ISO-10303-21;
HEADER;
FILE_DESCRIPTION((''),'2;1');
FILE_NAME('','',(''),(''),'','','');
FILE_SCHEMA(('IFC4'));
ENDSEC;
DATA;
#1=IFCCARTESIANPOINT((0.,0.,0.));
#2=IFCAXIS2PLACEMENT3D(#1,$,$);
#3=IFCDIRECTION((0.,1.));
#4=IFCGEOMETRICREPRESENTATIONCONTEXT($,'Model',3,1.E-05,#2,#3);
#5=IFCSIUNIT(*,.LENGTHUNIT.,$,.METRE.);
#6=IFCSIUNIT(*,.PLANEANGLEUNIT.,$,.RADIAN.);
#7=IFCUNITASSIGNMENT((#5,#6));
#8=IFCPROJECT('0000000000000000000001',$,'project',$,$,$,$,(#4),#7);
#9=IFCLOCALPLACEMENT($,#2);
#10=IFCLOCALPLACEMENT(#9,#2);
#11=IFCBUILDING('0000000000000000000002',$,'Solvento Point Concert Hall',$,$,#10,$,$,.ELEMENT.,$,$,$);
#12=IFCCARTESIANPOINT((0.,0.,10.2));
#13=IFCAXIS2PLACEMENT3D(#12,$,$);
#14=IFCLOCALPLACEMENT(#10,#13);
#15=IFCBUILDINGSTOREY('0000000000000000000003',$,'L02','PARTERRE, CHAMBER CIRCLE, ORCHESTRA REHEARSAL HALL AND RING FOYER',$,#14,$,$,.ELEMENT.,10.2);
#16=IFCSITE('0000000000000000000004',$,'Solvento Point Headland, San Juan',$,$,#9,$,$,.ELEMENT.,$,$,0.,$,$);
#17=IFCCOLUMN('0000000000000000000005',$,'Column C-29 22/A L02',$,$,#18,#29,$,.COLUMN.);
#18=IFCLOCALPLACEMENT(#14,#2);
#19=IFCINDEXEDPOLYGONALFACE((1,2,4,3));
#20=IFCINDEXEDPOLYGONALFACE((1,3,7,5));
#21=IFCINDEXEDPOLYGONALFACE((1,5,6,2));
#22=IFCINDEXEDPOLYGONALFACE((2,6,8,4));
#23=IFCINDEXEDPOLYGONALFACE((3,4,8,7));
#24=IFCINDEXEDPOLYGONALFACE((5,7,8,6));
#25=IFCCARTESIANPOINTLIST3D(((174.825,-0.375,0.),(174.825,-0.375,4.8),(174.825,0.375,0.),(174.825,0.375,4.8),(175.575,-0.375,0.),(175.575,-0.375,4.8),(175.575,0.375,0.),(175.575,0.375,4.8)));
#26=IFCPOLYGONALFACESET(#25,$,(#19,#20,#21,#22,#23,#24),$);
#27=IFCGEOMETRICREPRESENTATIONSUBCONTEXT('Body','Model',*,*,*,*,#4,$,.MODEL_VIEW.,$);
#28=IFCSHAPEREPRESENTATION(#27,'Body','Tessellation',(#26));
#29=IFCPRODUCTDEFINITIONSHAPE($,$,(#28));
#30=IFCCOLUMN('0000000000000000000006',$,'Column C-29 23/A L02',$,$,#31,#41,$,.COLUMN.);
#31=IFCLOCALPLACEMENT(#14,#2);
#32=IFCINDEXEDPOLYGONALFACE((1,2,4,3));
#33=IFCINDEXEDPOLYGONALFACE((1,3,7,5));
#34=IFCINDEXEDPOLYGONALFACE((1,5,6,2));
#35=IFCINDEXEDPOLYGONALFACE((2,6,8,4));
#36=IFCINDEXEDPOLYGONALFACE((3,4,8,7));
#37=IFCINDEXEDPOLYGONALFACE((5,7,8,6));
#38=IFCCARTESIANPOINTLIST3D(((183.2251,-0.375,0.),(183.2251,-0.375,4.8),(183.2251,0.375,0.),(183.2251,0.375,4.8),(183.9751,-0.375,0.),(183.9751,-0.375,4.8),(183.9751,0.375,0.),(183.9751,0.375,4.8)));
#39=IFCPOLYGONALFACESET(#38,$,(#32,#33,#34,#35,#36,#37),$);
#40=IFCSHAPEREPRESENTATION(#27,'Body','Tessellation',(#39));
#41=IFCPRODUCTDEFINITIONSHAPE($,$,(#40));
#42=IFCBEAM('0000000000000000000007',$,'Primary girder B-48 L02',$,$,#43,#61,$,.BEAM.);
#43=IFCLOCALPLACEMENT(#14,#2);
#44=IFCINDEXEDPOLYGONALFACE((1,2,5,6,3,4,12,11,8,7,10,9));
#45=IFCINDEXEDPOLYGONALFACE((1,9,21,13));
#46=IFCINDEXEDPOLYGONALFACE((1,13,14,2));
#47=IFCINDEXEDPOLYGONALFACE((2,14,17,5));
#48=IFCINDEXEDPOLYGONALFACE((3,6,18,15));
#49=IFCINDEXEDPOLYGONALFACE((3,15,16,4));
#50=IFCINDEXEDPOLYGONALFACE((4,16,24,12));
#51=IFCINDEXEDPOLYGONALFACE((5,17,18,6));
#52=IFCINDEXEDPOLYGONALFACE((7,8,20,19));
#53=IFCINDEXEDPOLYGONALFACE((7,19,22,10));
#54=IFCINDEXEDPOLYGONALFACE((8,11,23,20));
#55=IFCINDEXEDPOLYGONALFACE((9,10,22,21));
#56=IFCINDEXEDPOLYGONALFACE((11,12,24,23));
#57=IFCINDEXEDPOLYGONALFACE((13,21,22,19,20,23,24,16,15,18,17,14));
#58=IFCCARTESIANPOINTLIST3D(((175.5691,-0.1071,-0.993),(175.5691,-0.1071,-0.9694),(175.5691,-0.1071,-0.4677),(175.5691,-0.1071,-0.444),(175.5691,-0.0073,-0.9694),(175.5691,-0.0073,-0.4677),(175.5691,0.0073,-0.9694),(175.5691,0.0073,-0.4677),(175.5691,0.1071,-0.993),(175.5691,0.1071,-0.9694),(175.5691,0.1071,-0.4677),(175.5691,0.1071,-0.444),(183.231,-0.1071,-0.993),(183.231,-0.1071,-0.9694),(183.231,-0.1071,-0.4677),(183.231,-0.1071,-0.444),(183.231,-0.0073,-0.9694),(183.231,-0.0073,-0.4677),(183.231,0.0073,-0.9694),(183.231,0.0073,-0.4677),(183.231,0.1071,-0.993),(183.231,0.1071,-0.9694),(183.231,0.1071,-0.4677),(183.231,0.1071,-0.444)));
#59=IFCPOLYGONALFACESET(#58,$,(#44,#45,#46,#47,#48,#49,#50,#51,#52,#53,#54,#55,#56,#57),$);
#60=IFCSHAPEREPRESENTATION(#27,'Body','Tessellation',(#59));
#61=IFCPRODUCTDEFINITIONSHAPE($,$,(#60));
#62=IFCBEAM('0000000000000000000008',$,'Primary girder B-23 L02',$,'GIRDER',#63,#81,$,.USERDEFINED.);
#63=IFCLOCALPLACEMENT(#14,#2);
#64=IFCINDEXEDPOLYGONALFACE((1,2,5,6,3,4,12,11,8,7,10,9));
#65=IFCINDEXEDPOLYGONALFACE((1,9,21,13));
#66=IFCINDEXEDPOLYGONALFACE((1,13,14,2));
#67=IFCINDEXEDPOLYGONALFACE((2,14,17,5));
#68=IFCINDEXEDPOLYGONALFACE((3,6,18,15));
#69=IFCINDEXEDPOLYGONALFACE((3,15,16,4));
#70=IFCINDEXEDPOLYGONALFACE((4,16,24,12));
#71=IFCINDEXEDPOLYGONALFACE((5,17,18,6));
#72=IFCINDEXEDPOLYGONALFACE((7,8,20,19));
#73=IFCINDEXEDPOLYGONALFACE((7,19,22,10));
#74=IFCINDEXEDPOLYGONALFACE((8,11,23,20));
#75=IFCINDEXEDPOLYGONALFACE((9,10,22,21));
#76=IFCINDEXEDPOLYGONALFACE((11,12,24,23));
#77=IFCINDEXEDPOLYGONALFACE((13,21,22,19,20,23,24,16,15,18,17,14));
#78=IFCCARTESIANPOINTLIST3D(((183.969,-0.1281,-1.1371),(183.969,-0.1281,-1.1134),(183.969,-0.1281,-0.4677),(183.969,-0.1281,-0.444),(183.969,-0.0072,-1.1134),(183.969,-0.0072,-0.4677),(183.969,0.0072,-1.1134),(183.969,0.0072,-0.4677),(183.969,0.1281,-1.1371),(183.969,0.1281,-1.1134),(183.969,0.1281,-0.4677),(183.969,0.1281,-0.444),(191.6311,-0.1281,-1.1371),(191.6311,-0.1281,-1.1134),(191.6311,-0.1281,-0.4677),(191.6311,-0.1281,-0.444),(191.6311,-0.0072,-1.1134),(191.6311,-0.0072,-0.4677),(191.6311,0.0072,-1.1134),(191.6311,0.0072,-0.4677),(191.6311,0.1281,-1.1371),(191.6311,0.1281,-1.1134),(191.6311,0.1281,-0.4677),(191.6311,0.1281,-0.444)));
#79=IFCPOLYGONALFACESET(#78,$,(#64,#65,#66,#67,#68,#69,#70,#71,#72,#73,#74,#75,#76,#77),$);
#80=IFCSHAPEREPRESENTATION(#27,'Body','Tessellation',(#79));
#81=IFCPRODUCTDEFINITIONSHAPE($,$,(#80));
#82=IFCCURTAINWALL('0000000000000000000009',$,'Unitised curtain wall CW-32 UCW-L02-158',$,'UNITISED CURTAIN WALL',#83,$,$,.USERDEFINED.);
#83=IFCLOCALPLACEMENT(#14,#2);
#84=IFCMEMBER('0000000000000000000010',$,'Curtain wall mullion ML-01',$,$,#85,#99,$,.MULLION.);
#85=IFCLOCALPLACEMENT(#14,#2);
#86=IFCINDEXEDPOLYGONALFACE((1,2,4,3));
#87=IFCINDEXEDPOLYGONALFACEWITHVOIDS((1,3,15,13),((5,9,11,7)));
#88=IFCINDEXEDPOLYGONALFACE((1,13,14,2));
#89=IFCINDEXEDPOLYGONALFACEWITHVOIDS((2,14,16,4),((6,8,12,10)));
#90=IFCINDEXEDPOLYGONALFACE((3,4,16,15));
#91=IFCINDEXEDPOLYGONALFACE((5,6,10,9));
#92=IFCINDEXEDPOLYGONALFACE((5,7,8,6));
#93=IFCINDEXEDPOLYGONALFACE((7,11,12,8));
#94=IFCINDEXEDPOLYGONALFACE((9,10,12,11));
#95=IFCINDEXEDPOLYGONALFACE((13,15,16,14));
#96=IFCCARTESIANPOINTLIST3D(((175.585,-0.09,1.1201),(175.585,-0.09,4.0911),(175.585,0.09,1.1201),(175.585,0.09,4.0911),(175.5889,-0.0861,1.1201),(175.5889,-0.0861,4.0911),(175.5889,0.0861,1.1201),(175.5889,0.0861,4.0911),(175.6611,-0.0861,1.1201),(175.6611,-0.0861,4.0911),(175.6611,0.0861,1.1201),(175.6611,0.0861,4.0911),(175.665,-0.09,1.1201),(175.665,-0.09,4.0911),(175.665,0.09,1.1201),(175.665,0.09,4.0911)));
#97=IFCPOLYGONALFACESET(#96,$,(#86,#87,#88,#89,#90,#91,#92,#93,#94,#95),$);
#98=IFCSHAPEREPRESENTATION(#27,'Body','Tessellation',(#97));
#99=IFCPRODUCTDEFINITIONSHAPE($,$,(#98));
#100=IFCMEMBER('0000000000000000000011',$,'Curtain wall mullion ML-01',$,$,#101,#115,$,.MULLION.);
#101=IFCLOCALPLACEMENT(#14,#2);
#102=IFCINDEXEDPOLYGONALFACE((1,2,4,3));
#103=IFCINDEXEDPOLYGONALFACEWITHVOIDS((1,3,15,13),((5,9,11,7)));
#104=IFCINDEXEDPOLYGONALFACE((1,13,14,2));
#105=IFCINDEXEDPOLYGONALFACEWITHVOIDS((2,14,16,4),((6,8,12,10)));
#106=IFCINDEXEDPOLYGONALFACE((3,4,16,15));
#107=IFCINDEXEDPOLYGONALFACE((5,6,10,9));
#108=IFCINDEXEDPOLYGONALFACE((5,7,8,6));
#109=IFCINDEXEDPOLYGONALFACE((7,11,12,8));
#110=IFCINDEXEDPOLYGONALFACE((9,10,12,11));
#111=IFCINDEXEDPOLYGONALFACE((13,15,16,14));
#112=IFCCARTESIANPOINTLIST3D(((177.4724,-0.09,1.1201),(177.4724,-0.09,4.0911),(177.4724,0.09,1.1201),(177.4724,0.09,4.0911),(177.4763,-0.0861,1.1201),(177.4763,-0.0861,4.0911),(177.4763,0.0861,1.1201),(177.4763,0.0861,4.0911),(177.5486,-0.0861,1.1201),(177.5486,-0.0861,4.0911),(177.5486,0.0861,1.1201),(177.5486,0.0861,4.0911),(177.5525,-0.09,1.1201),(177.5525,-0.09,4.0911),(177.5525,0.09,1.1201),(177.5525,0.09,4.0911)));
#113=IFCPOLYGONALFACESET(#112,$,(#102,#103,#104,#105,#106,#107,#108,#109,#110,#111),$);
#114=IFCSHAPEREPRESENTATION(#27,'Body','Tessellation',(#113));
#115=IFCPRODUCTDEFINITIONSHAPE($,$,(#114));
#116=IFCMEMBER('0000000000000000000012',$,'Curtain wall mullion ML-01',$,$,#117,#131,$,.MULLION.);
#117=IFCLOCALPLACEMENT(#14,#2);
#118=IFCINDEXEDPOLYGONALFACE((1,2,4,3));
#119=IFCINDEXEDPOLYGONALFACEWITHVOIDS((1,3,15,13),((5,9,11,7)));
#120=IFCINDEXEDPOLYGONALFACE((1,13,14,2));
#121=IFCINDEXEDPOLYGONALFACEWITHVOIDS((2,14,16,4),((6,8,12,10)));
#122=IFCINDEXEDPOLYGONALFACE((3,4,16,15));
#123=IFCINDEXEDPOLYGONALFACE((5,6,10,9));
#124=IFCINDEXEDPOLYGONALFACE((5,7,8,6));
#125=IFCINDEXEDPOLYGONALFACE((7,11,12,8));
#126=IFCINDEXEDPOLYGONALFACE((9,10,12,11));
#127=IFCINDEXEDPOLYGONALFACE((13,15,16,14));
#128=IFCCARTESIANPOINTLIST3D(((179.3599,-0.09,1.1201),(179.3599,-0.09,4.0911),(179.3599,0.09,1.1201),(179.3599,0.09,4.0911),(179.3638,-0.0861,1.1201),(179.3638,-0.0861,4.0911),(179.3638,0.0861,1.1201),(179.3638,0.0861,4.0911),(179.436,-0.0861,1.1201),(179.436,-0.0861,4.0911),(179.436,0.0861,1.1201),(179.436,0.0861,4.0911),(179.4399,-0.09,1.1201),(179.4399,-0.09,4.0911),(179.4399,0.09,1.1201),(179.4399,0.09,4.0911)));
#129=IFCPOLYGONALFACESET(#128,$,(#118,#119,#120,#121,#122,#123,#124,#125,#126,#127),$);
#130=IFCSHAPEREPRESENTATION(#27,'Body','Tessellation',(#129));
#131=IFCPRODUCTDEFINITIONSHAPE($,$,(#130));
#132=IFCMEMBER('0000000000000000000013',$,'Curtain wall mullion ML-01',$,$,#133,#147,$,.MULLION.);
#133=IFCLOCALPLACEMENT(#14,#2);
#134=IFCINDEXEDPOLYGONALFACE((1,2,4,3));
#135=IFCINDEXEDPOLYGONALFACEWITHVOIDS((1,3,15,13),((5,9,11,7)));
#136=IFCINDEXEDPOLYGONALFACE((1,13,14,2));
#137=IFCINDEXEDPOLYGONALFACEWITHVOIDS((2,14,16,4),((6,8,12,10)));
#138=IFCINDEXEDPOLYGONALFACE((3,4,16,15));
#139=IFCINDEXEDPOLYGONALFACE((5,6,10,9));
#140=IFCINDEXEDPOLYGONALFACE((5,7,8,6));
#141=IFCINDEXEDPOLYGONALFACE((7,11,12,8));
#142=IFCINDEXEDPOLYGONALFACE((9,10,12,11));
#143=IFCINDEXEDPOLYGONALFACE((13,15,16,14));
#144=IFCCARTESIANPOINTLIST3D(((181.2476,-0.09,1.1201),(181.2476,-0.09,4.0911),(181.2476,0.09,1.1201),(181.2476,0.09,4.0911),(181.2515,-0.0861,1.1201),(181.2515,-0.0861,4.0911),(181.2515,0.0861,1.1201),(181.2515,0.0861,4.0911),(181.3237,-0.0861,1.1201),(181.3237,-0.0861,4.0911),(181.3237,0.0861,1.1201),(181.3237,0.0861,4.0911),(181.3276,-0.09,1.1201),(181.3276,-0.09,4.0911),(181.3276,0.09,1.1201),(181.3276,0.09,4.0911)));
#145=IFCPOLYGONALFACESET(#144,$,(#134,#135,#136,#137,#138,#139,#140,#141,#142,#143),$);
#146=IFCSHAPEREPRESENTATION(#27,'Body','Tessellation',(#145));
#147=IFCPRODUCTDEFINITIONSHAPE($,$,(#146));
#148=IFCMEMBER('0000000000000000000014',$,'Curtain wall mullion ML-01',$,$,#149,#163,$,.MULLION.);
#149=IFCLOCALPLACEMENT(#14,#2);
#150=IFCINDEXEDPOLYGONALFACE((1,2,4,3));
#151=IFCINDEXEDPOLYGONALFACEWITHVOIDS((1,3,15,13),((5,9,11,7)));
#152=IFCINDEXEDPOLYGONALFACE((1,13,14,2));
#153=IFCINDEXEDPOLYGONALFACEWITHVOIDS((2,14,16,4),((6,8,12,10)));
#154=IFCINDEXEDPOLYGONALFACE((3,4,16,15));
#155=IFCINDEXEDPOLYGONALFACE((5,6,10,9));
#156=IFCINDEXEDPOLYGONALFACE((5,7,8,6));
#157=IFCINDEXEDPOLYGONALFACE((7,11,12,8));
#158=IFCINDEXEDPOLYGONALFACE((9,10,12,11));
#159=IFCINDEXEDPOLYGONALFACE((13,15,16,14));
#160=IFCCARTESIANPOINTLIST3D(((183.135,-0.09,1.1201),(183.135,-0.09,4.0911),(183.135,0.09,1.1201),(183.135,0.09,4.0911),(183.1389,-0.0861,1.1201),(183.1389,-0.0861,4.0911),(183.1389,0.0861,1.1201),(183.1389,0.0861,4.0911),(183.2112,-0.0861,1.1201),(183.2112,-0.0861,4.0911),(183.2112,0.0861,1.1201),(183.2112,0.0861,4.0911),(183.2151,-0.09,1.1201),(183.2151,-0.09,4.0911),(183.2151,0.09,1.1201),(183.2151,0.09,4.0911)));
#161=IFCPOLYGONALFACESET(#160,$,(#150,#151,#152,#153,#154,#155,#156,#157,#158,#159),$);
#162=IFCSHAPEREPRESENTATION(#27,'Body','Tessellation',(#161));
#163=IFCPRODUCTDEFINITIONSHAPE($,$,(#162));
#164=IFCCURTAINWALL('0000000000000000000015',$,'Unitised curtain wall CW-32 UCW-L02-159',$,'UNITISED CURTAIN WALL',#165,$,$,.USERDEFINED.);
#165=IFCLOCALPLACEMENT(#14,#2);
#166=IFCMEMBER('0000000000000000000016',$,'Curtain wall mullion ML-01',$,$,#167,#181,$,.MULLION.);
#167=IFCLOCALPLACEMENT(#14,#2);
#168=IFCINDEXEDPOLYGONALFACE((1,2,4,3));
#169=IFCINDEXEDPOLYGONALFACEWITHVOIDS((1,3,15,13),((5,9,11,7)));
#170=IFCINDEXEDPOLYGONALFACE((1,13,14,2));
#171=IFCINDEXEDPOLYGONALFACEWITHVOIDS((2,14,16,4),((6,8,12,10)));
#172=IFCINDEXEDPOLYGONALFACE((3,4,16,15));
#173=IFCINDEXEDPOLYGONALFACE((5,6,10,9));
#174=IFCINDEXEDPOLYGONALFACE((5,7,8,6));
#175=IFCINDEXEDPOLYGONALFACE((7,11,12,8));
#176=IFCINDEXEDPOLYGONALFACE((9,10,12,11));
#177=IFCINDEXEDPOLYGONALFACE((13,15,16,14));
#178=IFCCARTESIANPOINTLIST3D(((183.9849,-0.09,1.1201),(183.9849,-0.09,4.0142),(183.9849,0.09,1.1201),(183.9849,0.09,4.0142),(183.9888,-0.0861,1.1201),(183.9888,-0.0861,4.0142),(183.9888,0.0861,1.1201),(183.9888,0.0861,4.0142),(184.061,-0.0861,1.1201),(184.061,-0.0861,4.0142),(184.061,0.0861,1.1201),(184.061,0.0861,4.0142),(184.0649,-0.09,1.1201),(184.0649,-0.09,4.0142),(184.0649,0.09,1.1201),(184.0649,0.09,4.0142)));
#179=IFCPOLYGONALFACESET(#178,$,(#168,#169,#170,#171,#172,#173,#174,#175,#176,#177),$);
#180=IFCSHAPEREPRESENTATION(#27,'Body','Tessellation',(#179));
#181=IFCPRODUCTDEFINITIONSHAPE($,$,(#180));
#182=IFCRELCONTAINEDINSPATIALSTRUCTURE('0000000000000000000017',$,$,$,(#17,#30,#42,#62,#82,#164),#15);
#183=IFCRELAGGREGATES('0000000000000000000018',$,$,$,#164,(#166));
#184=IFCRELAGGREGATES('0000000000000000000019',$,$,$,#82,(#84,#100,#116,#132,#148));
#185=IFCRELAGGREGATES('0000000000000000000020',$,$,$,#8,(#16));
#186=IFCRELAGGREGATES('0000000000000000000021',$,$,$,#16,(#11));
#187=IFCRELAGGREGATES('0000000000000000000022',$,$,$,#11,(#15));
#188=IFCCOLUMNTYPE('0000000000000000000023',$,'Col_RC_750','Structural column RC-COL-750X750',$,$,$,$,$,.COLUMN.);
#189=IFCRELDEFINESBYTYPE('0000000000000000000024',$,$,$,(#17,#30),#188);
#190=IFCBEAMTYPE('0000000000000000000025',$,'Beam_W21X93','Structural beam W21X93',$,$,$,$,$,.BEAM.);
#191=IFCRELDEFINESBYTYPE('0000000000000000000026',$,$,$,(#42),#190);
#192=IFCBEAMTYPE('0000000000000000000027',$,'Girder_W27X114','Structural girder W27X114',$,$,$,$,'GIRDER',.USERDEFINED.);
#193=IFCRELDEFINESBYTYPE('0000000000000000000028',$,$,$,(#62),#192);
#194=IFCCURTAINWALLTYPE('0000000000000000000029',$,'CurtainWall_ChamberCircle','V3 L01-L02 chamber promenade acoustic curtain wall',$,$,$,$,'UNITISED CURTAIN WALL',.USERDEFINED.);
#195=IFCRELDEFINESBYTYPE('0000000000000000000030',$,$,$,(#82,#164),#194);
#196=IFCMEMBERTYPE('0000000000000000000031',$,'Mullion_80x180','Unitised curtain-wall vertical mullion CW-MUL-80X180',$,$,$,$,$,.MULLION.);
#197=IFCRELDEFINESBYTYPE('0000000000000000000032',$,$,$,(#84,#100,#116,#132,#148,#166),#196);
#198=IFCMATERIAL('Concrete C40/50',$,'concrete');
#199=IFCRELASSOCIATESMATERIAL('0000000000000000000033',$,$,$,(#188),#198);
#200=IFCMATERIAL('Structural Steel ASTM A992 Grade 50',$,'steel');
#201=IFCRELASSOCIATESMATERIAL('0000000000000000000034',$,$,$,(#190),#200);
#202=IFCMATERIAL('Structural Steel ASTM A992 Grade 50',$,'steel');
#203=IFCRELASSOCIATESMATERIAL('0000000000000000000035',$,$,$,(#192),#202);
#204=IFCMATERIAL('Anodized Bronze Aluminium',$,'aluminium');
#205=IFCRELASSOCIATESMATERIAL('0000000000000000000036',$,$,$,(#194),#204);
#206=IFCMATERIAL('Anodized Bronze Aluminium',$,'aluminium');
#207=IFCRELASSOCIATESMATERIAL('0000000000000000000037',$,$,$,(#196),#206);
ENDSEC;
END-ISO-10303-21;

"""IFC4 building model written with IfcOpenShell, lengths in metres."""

from ifc_helpers import new_model, si_unit, direction, frame, origin, origin_2d, place, context, subcontext, project, spatial, rectangle, hollow_rectangle, i_section, extrude, material, material_profile, profile_set, type_object, element, aggregate, save


model = new_model("IFC4")

# Units and contexts
model_context = context("Model", 3, precision=1e-05, world=origin(), true_north=direction((0.0, 1.0)))
body_context = subcontext(model_context, "Body", "Model", "MODEL_VIEW")
ifc_project = project(units=[si_unit("LENGTHUNIT", "METRE"), si_unit("PLANEANGLEUNIT", "RADIAN")], contexts=[model_context])

# Site, building, storey
site_placement = place(None, origin())
site = spatial("IfcSite", under=ifc_project, at=site_placement, Name="Solvento Point Headland, San Juan", CompositionType="ELEMENT", RefElevation=0.0)
building_placement = place(site_placement, origin())
building = spatial("IfcBuilding", under=site, at=building_placement, Name="Solvento Point Concert Hall", CompositionType="ELEMENT")
storey_placement = place(building_placement, frame((0.0, 0.0, 10.2)))
storey = spatial("IfcBuildingStorey", under=building, at=storey_placement, Name="L02", Description="PARTERRE, CHAMBER CIRCLE, ORCHESTRA REHEARSAL HALL AND RING FOYER", CompositionType="ELEMENT", Elevation=10.2)

# Columns
ifc_material_1 = material(Name="Concrete C40/50", Category="concrete")
ifc_material_profile_1 = material_profile(ifc_material_1, rectangle(XDim=0.75, YDim=0.75, at=origin_2d()), Name="RC-COL-750X750")
ifc_profile_set_1 = profile_set([ifc_material_profile_1], Name="Concrete C40/50")
column_type = type_object("IfcColumnType", Name="Col_RC_750", Description="Structural column RC-COL-750X750", PredefinedType="COLUMN", material=ifc_profile_set_1)
for number, where, z_axis, x_axis, name in (
    (1, (175.2, 0.0, 0.0), (0.0, 0.0, 1.0), (1.0, 0.0, 0.0), "Column C-29 22/A L02"),
    (2, (183.6001, 0.0, 0.0), (0.0, 0.0, 1.0), (1.0, 0.0, 0.0), "Column C-29 23/A L02"),
):
    element("IfcColumn", number, at=place(storey_placement, frame(where, z_axis=z_axis, x_axis=x_axis)), inside=storey, type_object=column_type, Name=name, PredefinedType="COLUMN", context=body_context, shape_type="SweptSolid", body=[
        extrude(rectangle(XDim=0.75, YDim=0.75, at=origin_2d()), origin(), (0.0, 0.0, 1.0), 4.8),
    ])

# Beams
ifc_material_2 = material(Name="Structural Steel ASTM A992 Grade 50", Category="steel")
ifc_material_profile_2 = material_profile(ifc_material_2, i_section(OverallWidth=0.2141, OverallDepth=0.5491, WebThickness=0.0146, FlangeThickness=0.0237, at=origin_2d()), Name="W21X93")
ifc_profile_set_2 = profile_set([ifc_material_profile_2], Name="Structural Steel ASTM A992 Grade 50")
beam_type_1 = type_object("IfcBeamType", Name="Beam_W21X93", Description="Structural beam W21X93", PredefinedType="BEAM", material=ifc_profile_set_2)
beam_1_placement = place(storey_placement, frame((175.5691, 0.0, -0.7185), z_axis=(1.0, 0.0, 0.0), x_axis=(0.0, 1.0, 0.0)))
element("IfcBeam", 3, at=beam_1_placement, inside=storey, type_object=beam_type_1, Name="Primary girder B-48 L02", PredefinedType="BEAM", context=body_context, shape_type="SweptSolid", body=[
    extrude(i_section(OverallWidth=0.2141, OverallDepth=0.5491, WebThickness=0.0146, FlangeThickness=0.0237, at=origin_2d()), origin(), (0.0, 0.0, 1.0), 7.6619),
])
ifc_material_3 = material(Name="Structural Steel ASTM A992 Grade 50", Category="steel")
ifc_material_profile_3 = material_profile(ifc_material_3, i_section(OverallWidth=0.2561, OverallDepth=0.6931, WebThickness=0.0144, FlangeThickness=0.0237, at=origin_2d()), Name="W27X114")
ifc_profile_set_3 = profile_set([ifc_material_profile_3], Name="Structural Steel ASTM A992 Grade 50")
beam_type_2 = type_object("IfcBeamType", Name="Girder_W27X114", Description="Structural girder W27X114", ElementType="GIRDER", PredefinedType="USERDEFINED", material=ifc_profile_set_3)
beam_2_placement = place(storey_placement, frame((183.969, 0.0, -0.7905), z_axis=(1.0, 0.0, 0.0), x_axis=(0.0, 1.0, 0.0)))
element("IfcBeam", 4, at=beam_2_placement, inside=storey, type_object=beam_type_2, Name="Primary girder B-23 L02", ObjectType="GIRDER", PredefinedType="USERDEFINED", context=body_context, shape_type="SweptSolid", body=[
    extrude(i_section(OverallWidth=0.2561, OverallDepth=0.6931, WebThickness=0.0144, FlangeThickness=0.0237, at=origin_2d()), origin(), (0.0, 0.0, 1.0), 7.6621),
])

# Curtain wall, members
ifc_material_4 = material(Name="Anodized Bronze Aluminium", Category="aluminium")
curtain_wall_type = type_object("IfcCurtainWallType", Name="CurtainWall_ChamberCircle", Description="V3 L01-L02 chamber promenade acoustic curtain wall", ElementType="UNITISED CURTAIN WALL", PredefinedType="USERDEFINED", material=ifc_material_4)
curtain_wall_1_placement = place(storey_placement, origin())
curtain_wall_1 = element("IfcCurtainWall", 5, at=curtain_wall_1_placement, inside=storey, type_object=curtain_wall_type, Name="Unitised curtain wall CW-32 UCW-L02-158", ObjectType="UNITISED CURTAIN WALL", PredefinedType="USERDEFINED")
ifc_material_5 = material(Name="Anodized Bronze Aluminium", Category="aluminium")
ifc_material_profile_4 = material_profile(ifc_material_5, hollow_rectangle(XDim=0.0801, YDim=0.1799, WallThickness=0.0039, at=origin_2d()), Name="CW-MUL-80X180")
ifc_profile_set_4 = profile_set([ifc_material_profile_4], Name="Anodized Bronze Aluminium")
member_type_1 = type_object("IfcMemberType", Name="Mullion_80x180", Description="Unitised curtain-wall vertical mullion CW-MUL-80X180", PredefinedType="MULLION", material=ifc_profile_set_4)
member_1_placement = place(storey_placement, frame((175.625, 0.0, 1.1201), z_axis=(0.0, 0.0, 1.0), x_axis=(1.0, 0.0, 0.0)))
member_1 = element("IfcMember", 6, at=member_1_placement, type_object=member_type_1, Name="Curtain wall mullion ML-01", PredefinedType="MULLION", context=body_context, shape_type="SweptSolid", body=[
    extrude(hollow_rectangle(XDim=0.0801, YDim=0.1799, WallThickness=0.0039, at=origin_2d()), origin(), (0.0, 0.0, 1.0), 2.9709),
])
member_2_placement = place(storey_placement, frame((177.5125, 0.0, 1.1201), z_axis=(0.0, 0.0, 1.0), x_axis=(1.0, 0.0, 0.0)))
member_2 = element("IfcMember", 7, at=member_2_placement, type_object=member_type_1, Name="Curtain wall mullion ML-01", PredefinedType="MULLION", context=body_context, shape_type="SweptSolid", body=[
    extrude(hollow_rectangle(XDim=0.0801, YDim=0.1799, WallThickness=0.0039, at=origin_2d()), origin(), (0.0, 0.0, 1.0), 2.9709),
])
member_3_placement = place(storey_placement, frame((179.3999, 0.0, 1.1201), z_axis=(0.0, 0.0, 1.0), x_axis=(1.0, 0.0, 0.0)))
member_3 = element("IfcMember", 8, at=member_3_placement, type_object=member_type_1, Name="Curtain wall mullion ML-01", PredefinedType="MULLION", context=body_context, shape_type="SweptSolid", body=[
    extrude(hollow_rectangle(XDim=0.0801, YDim=0.1799, WallThickness=0.0039, at=origin_2d()), origin(), (0.0, 0.0, 1.0), 2.9709),
])
member_4_placement = place(storey_placement, frame((181.2876, 0.0, 1.1201), z_axis=(0.0, 0.0, 1.0), x_axis=(1.0, 0.0, 0.0)))
member_4 = element("IfcMember", 9, at=member_4_placement, type_object=member_type_1, Name="Curtain wall mullion ML-01", PredefinedType="MULLION", context=body_context, shape_type="SweptSolid", body=[
    extrude(hollow_rectangle(XDim=0.0801, YDim=0.1799, WallThickness=0.0039, at=origin_2d()), origin(), (0.0, 0.0, 1.0), 2.9709),
])
member_5_placement = place(storey_placement, frame((183.175, 0.0, 1.1201), z_axis=(0.0, 0.0, 1.0), x_axis=(1.0, 0.0, 0.0)))
member_5 = element("IfcMember", 10, at=member_5_placement, type_object=member_type_1, Name="Curtain wall mullion ML-01", PredefinedType="MULLION", context=body_context, shape_type="SweptSolid", body=[
    extrude(hollow_rectangle(XDim=0.0801, YDim=0.1799, WallThickness=0.0039, at=origin_2d()), origin(), (0.0, 0.0, 1.0), 2.9709),
])

# Curtain wall, member
curtain_wall_2_placement = place(storey_placement, origin())
curtain_wall_2 = element("IfcCurtainWall", 11, at=curtain_wall_2_placement, inside=storey, type_object=curtain_wall_type, Name="Unitised curtain wall CW-32 UCW-L02-159", ObjectType="UNITISED CURTAIN WALL", PredefinedType="USERDEFINED")
member_6_placement = place(storey_placement, frame((184.0249, 0.0, 1.1201), z_axis=(0.0, 0.0, 1.0), x_axis=(1.0, 0.0, 0.0)))
member_6 = element("IfcMember", 12, at=member_6_placement, type_object=member_type_1, Name="Curtain wall mullion ML-01", PredefinedType="MULLION", context=body_context, shape_type="SweptSolid", body=[
    extrude(hollow_rectangle(XDim=0.0801, YDim=0.1799, WallThickness=0.0039, at=origin_2d()), origin(), (0.0, 0.0, 1.0), 2.894),
])
aggregate(curtain_wall_2, [member_6])

aggregate(curtain_wall_1, [member_1, member_2, member_3, member_4, member_5])

save(model, "model.ifc")
